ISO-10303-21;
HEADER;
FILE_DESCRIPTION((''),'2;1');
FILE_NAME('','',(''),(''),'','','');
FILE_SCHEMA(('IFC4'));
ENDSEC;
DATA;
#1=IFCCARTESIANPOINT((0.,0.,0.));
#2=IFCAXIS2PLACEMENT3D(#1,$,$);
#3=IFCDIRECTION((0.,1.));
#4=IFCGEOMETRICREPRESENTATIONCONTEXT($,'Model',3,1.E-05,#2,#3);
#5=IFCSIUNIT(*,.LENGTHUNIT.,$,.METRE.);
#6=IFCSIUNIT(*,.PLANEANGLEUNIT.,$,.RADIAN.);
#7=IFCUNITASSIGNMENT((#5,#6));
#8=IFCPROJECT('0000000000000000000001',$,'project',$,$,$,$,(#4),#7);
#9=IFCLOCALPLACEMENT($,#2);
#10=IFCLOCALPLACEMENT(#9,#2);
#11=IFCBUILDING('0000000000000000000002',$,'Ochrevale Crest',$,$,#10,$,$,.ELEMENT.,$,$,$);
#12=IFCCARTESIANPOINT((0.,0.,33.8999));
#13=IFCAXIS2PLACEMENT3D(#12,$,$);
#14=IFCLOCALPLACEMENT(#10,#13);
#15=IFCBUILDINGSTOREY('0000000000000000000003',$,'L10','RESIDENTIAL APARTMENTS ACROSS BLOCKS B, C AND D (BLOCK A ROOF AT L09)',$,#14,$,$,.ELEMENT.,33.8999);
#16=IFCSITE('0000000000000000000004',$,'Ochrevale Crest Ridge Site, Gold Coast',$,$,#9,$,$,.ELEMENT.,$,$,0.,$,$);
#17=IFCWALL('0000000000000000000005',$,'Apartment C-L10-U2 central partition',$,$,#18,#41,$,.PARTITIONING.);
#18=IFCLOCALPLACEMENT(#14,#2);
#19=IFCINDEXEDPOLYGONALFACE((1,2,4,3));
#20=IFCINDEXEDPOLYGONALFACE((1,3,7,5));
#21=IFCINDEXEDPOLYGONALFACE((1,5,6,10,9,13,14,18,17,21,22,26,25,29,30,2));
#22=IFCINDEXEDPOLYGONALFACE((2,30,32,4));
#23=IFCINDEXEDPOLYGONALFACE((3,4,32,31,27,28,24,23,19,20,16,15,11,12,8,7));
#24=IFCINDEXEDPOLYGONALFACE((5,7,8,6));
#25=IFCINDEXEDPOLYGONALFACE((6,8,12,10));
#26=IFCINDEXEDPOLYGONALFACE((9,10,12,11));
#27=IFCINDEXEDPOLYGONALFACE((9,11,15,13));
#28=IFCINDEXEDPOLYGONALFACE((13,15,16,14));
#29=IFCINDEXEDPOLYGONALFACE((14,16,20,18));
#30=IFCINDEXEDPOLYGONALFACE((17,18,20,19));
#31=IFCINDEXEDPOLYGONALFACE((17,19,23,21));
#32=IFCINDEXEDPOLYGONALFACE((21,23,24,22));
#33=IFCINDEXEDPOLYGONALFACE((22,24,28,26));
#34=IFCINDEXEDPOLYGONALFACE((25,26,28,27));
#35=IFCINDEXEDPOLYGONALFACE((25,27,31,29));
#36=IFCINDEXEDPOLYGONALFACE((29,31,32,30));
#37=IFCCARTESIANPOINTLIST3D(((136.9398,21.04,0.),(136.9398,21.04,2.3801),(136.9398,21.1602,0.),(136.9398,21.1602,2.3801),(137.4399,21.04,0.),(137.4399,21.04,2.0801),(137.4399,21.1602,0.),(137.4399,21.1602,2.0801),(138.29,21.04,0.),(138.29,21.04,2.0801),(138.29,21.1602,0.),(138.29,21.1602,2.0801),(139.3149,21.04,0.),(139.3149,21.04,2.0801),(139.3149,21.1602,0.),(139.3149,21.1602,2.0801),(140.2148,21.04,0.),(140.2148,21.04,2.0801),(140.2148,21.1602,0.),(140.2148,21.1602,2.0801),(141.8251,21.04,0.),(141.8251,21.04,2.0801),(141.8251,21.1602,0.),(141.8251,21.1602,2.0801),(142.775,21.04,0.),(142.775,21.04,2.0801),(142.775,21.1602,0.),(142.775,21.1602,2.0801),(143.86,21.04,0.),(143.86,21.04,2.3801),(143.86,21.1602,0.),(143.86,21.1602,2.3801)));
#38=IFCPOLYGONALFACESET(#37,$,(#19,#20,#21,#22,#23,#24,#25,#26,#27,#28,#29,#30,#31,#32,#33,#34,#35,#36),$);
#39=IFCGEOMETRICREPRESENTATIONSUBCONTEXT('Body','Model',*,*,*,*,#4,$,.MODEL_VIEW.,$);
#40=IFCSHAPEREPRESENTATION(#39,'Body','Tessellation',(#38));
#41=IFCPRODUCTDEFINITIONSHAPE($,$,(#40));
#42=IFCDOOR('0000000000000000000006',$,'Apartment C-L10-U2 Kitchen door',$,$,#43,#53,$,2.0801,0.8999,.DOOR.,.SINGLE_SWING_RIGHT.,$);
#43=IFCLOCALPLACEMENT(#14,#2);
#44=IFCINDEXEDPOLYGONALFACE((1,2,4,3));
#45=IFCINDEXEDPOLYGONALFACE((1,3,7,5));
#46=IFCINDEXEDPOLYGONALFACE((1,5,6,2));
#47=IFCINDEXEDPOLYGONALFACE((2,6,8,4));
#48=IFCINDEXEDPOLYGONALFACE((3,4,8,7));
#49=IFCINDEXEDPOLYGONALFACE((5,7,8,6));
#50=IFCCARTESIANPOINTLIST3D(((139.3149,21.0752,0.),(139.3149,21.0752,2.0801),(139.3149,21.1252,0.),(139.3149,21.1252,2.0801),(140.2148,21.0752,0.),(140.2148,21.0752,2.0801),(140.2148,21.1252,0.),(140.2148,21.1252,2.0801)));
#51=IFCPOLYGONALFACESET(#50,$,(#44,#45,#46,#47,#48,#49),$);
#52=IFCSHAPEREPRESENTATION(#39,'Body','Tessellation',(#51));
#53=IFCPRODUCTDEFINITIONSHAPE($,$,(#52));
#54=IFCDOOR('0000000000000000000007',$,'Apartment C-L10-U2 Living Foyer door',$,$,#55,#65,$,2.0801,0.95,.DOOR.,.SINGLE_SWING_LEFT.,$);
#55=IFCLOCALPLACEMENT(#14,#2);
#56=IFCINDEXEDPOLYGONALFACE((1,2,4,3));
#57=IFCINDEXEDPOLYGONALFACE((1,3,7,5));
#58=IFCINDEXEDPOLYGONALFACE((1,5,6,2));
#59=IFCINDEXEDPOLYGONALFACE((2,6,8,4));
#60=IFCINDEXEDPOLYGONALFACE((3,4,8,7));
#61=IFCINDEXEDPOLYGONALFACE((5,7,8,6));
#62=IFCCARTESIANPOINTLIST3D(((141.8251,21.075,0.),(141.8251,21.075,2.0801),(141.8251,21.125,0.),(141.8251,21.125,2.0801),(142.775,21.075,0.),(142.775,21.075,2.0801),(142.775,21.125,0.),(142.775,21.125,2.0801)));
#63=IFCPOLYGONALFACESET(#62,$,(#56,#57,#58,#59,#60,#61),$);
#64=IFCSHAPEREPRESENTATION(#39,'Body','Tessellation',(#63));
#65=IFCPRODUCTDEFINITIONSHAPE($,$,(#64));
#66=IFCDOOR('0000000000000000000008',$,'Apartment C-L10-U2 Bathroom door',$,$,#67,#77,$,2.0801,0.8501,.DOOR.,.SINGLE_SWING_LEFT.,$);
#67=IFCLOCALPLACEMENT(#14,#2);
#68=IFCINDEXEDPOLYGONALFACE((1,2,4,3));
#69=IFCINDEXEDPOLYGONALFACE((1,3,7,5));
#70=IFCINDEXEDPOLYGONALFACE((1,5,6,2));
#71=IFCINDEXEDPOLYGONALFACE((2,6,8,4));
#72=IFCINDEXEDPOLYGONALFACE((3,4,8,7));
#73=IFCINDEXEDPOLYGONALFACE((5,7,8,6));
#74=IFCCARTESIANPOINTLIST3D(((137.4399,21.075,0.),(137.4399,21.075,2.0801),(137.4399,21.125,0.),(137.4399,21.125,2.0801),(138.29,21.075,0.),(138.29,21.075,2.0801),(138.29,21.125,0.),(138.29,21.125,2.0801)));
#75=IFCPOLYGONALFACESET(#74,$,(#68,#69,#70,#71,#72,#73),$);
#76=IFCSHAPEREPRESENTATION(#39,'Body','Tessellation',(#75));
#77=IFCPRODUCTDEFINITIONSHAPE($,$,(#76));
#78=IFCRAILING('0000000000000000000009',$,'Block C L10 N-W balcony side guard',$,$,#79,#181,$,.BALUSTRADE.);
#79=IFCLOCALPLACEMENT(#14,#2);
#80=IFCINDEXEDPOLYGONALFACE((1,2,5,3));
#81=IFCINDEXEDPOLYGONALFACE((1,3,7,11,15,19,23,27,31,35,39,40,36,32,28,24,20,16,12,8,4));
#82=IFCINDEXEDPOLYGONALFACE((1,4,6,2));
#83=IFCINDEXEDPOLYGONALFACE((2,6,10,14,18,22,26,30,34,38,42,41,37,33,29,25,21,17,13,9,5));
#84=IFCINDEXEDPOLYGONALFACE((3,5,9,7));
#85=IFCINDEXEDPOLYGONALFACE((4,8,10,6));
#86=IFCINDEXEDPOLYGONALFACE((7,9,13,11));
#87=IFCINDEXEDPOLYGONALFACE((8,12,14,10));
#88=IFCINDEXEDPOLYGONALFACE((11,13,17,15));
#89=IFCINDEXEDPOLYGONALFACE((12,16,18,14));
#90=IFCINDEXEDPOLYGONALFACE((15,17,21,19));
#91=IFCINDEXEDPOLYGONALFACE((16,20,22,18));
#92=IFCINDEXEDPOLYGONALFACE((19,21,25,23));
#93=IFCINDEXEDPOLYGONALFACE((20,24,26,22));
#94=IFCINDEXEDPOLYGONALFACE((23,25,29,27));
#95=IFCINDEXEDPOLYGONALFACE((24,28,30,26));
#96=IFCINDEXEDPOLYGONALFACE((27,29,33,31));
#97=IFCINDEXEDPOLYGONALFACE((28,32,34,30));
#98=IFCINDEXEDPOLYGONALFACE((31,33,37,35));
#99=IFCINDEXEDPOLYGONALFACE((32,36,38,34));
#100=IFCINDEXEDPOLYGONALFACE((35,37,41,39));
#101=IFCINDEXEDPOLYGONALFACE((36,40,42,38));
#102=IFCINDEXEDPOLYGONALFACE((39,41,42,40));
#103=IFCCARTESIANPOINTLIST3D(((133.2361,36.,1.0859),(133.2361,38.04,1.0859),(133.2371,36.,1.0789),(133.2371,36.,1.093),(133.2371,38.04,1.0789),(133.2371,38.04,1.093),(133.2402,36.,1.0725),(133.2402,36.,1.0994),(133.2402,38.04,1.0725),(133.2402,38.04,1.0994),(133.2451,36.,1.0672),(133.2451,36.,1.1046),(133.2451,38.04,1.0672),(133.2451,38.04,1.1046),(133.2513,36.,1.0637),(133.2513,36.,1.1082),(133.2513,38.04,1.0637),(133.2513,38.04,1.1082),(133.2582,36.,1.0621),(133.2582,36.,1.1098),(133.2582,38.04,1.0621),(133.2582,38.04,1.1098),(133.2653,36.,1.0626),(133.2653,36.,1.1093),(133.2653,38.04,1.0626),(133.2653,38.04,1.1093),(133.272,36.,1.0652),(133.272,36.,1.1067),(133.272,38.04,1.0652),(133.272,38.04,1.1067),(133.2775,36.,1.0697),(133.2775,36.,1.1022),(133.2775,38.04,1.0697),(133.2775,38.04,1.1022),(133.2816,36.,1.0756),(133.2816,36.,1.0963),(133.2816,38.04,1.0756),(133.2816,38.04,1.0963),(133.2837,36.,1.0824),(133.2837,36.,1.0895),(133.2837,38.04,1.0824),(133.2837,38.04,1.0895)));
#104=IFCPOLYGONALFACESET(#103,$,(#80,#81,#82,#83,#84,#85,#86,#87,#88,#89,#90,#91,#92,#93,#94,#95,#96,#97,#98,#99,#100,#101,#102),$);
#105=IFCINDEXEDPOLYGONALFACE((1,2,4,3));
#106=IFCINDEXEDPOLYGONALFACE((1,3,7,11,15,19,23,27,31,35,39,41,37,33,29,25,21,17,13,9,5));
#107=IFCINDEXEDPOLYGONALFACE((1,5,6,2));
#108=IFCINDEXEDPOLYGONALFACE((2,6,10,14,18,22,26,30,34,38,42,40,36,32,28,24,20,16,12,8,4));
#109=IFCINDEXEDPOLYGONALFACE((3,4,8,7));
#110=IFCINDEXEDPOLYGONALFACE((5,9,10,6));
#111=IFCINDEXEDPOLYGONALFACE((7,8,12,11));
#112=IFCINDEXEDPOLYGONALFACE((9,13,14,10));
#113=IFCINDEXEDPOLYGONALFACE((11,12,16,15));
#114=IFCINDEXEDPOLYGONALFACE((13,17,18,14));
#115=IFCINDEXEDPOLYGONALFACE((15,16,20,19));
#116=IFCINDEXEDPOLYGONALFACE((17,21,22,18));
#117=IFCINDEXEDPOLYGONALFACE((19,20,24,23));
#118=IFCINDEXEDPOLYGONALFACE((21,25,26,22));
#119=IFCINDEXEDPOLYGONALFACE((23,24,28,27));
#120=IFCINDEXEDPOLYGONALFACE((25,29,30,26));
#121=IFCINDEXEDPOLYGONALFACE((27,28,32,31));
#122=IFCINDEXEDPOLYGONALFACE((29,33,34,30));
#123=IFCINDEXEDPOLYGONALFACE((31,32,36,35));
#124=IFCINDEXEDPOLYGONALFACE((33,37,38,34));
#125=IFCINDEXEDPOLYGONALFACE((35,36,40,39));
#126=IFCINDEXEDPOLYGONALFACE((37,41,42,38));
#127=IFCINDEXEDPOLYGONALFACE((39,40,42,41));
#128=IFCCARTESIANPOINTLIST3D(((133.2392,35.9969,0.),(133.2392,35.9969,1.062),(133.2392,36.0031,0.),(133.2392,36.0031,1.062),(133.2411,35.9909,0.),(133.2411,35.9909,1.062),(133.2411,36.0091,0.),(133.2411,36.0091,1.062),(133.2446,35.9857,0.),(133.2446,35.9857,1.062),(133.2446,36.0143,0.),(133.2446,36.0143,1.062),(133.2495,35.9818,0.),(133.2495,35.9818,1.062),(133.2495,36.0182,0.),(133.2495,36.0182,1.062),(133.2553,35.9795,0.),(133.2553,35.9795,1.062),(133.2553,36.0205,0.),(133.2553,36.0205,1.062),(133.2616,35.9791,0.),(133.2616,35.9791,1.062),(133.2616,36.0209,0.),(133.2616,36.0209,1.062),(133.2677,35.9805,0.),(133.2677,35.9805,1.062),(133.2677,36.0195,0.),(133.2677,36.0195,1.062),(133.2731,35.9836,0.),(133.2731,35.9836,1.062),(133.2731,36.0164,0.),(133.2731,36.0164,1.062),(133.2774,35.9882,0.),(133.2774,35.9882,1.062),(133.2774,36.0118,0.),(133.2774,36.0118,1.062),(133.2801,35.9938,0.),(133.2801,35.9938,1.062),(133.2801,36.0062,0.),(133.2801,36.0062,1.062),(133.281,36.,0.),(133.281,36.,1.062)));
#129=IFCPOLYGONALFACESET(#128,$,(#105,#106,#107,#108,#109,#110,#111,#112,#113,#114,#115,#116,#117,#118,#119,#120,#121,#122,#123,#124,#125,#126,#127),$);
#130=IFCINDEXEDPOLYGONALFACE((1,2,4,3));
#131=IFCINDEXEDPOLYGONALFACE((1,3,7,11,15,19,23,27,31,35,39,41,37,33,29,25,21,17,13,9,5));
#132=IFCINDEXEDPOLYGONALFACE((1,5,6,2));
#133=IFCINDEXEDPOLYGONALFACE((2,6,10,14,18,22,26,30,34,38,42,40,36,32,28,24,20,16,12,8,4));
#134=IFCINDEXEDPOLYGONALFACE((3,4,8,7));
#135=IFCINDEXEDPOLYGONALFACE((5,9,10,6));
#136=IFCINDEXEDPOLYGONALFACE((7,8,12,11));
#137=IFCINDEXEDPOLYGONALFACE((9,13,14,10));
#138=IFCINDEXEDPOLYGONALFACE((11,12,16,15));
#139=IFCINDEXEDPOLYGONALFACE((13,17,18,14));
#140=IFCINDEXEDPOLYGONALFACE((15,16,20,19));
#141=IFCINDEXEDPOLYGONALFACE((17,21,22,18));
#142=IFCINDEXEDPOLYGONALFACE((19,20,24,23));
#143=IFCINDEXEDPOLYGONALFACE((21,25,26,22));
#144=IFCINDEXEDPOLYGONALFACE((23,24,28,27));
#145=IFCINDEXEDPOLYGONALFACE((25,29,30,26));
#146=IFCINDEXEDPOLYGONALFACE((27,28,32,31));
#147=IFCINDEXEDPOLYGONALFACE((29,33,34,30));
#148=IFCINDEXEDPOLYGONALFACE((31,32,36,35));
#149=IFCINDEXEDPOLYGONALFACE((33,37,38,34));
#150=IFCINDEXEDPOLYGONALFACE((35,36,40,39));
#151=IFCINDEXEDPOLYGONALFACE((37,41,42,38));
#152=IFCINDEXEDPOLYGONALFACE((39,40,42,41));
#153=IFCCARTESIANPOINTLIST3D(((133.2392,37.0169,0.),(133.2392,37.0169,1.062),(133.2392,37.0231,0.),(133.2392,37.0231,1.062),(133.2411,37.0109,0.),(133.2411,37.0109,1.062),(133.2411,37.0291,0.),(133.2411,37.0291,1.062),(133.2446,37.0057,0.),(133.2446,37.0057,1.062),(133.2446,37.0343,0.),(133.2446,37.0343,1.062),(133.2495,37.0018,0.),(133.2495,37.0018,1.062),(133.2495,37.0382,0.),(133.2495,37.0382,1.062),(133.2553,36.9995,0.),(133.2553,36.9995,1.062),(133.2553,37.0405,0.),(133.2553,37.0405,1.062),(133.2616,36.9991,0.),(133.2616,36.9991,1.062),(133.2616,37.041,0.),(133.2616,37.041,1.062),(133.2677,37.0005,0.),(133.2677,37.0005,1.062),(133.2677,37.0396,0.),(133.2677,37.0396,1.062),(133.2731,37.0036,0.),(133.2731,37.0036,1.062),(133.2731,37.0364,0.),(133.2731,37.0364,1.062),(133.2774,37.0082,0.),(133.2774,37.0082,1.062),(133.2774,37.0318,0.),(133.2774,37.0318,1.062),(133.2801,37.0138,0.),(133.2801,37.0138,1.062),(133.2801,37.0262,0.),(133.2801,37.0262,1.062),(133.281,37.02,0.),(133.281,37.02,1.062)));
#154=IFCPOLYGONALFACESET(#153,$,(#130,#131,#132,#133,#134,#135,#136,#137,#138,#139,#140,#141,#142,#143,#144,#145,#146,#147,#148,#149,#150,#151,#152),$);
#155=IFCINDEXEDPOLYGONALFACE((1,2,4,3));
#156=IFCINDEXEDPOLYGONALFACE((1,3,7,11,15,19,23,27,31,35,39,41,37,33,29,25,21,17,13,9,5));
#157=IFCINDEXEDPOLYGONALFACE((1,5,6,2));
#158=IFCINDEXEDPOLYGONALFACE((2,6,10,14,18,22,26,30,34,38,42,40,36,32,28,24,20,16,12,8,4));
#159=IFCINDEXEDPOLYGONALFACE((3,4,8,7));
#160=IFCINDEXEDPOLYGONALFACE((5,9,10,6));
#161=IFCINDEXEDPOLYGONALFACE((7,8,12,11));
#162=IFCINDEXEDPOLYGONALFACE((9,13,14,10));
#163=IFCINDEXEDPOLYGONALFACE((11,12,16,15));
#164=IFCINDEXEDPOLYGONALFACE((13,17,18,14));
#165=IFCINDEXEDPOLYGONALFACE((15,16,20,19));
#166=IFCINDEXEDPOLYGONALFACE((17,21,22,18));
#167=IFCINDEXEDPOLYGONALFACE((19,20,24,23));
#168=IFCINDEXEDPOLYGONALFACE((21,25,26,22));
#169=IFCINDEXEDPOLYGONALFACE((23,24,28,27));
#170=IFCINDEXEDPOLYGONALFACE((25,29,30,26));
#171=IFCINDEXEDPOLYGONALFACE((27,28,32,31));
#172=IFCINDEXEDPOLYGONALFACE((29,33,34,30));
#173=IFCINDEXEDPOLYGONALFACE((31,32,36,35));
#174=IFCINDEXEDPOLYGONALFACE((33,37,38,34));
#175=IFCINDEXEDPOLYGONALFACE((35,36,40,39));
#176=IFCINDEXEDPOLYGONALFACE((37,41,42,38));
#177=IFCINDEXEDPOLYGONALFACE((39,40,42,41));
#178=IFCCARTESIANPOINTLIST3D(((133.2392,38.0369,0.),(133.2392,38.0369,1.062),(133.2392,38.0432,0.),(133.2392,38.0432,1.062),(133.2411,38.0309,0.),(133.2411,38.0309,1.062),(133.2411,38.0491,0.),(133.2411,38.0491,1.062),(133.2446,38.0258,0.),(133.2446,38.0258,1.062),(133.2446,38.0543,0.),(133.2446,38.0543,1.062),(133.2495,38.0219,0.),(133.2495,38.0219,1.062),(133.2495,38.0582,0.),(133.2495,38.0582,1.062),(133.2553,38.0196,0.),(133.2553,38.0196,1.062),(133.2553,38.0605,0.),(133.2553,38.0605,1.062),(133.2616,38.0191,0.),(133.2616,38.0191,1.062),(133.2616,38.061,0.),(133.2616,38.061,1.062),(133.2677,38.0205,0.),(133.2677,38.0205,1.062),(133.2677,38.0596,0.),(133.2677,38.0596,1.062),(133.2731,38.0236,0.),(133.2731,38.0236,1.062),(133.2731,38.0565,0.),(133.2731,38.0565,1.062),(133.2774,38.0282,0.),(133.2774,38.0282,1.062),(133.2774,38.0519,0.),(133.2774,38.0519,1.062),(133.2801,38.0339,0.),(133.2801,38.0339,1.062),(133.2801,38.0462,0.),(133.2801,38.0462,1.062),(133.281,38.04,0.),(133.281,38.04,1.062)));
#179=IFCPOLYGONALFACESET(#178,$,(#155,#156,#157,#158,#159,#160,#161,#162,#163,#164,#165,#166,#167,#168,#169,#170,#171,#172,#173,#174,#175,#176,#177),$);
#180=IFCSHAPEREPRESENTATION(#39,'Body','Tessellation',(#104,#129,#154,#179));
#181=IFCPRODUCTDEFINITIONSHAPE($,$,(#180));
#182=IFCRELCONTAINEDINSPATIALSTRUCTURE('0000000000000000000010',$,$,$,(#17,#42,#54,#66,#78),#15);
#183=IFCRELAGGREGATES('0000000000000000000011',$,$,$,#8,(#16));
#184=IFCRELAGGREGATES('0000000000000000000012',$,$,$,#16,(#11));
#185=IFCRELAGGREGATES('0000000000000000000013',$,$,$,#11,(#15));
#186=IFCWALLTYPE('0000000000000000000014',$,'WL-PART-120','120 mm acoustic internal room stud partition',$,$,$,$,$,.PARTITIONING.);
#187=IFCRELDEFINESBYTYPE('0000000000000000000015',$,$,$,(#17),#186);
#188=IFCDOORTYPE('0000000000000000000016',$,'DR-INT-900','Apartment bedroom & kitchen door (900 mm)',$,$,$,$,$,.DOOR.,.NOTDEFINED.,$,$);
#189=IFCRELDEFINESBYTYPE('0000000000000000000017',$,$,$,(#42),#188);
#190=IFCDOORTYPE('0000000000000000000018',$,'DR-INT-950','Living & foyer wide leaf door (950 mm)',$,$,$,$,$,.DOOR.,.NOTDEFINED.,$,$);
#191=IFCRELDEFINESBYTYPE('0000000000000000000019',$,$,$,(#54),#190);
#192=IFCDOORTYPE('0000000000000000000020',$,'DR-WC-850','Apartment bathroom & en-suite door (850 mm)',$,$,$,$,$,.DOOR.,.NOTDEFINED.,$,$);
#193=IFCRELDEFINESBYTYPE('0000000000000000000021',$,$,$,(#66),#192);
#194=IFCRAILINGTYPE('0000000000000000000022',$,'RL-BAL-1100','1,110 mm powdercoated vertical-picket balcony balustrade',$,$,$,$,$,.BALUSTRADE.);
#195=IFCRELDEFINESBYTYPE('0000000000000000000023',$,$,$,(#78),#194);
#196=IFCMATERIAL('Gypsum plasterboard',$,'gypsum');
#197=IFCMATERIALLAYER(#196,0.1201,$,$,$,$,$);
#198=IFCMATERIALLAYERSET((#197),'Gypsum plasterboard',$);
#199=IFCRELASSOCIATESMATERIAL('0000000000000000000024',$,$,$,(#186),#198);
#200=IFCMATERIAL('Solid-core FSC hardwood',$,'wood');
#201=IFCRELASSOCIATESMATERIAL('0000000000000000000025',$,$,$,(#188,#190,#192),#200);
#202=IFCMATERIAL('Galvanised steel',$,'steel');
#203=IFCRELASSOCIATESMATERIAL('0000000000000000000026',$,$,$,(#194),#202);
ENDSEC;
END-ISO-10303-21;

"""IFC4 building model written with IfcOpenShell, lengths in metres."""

from ifc_helpers import new_model, si_unit, direction, frame, frame_2d, origin, origin_2d, place, context, subcontext, project, spatial, rectangle, circle, extrude, material, layer, layer_set, type_object, element, fill, save


model = new_model("IFC4")

# Units and contexts
model_context = context("Model", 3, precision=1e-05, world=origin(), true_north=direction((0.0, 1.0)))
body_context = subcontext(model_context, "Body", "Model", "MODEL_VIEW")
ifc_project = project(units=[si_unit("LENGTHUNIT", "METRE"), si_unit("PLANEANGLEUNIT", "RADIAN")], contexts=[model_context])

# Site, building, storey
site_placement = place(None, origin())
site = spatial("IfcSite", under=ifc_project, at=site_placement, Name="Ochrevale Crest Ridge Site, Gold Coast", CompositionType="ELEMENT", RefElevation=0.0)
building_placement = place(site_placement, origin())
building = spatial("IfcBuilding", under=site, at=building_placement, Name="Ochrevale Crest", CompositionType="ELEMENT")
storey_placement = place(building_placement, frame((0.0, 0.0, 33.8999)))
storey = spatial("IfcBuildingStorey", under=building, at=storey_placement, Name="L10", Description="RESIDENTIAL APARTMENTS ACROSS BLOCKS B, C AND D (BLOCK A ROOF AT L09)", CompositionType="ELEMENT", Elevation=33.8999)

# Shared definitions
ifc_material_1 = material(Name="Gypsum plasterboard", Category="gypsum")
ifc_material_2 = material(Name="Solid-core FSC hardwood", Category="wood")

# Wall, openings, doors
ifc_layer_1 = layer(ifc_material_1, 0.1201)
ifc_layer_set_1 = layer_set([ifc_layer_1], Name="Gypsum plasterboard")
wall_type_1 = type_object("IfcWallType", Name="WL-PART-120", Description="120 mm acoustic internal room stud partition", PredefinedType="PARTITIONING", material=ifc_layer_set_1)
wall_1_placement = place(storey_placement, frame((136.9399, 21.1001, 0.0), z_axis=(0.0, 0.0, 1.0), x_axis=(1.0, 0.0, 0.0)))
wall_1 = element("IfcWall", 1, at=wall_1_placement, inside=storey, type_object=wall_type_1, Name="Apartment C-L10-U2 central partition", PredefinedType="PARTITIONING", context=body_context, shape_type="SweptSolid", body=[
    extrude(rectangle(XDim=6.9202, YDim=0.1201, at=frame_2d((3.46, 0.0))), origin(), (0.0, 0.0, 1.0), 2.3801),
])
opening_1_placement = place(wall_1_placement, frame((0.5, 0.0, 0.0)))
opening_1 = element("IfcOpeningElement", 2, at=opening_1_placement, cuts=wall_1, PredefinedType="OPENING", context=body_context, shape_type="SweptSolid", body=[
    extrude(rectangle(XDim=0.8501, YDim=2.0801, at=frame_2d((0.425, 1.04))), frame((0.0, 0.0701, 0.0), z_axis=(0.0, -1.0, 0.0), x_axis=(1.0, 0.0, 0.0)), (0.0, 0.0, 1.0), 0.1401),
])
opening_2_placement = place(wall_1_placement, frame((3.2749, 0.0, 0.0), z_axis=(0.0, 0.0, 1.0), x_axis=(-1.0, 0.0, 0.0)))
opening_2 = element("IfcOpeningElement", 3, at=opening_2_placement, cuts=wall_1, PredefinedType="OPENING", context=body_context, shape_type="SweptSolid", body=[
    extrude(rectangle(XDim=0.8999, YDim=2.0801, at=frame_2d((0.45, 1.04))), frame((0.0, 0.0701, 0.0), z_axis=(0.0, -1.0, 0.0), x_axis=(1.0, 0.0, 0.0)), (0.0, 0.0, 1.0), 0.1401),
])
opening_3_placement = place(wall_1_placement, frame((4.885, 0.0, 0.0)))
opening_3 = element("IfcOpeningElement", 4, at=opening_3_placement, cuts=wall_1, PredefinedType="OPENING", context=body_context, shape_type="SweptSolid", body=[
    extrude(rectangle(XDim=0.95, YDim=2.0801, at=frame_2d((0.4751, 1.04))), frame((0.0, 0.0701, 0.0), z_axis=(0.0, -1.0, 0.0), x_axis=(1.0, 0.0, 0.0)), (0.0, 0.0, 1.0), 0.1401),
])
door_type_1 = type_object("IfcDoorType", Name="DR-INT-900", Description="Apartment bedroom & kitchen door (900 mm)", OperationType="NOTDEFINED", PredefinedType="DOOR", material=ifc_material_2)
door_1_placement = place(opening_2_placement, origin())
door_1 = element("IfcDoor", 5, at=door_1_placement, inside=storey, type_object=door_type_1, Name="Apartment C-L10-U2 Kitchen door", OperationType="SINGLE_SWING_RIGHT", OverallHeight=2.0801, OverallWidth=0.8999, PredefinedType="DOOR", context=body_context, shape_type="SweptSolid", body=[
    extrude(rectangle(XDim=0.8999, YDim=2.0801, at=frame_2d((0.45, 1.04))), frame((0.0, 0.0249, 0.0), z_axis=(0.0, -1.0, 0.0), x_axis=(1.0, 0.0, 0.0)), (0.0, 0.0, 1.0), 0.05),
])
fill(opening_2, door_1)
door_type_2 = type_object("IfcDoorType", Name="DR-INT-950", Description="Living & foyer wide leaf door (950 mm)", OperationType="NOTDEFINED", PredefinedType="DOOR", material=ifc_material_2)
door_2_placement = place(opening_3_placement, origin())
door_2 = element("IfcDoor", 6, at=door_2_placement, inside=storey, type_object=door_type_2, Name="Apartment C-L10-U2 Living Foyer door", OperationType="SINGLE_SWING_LEFT", OverallHeight=2.0801, OverallWidth=0.95, PredefinedType="DOOR", context=body_context, shape_type="SweptSolid", body=[
    extrude(rectangle(XDim=0.95, YDim=2.0801, at=frame_2d((0.4751, 1.04))), frame((0.0, 0.0249, 0.0), z_axis=(0.0, -1.0, 0.0), x_axis=(1.0, 0.0, 0.0)), (0.0, 0.0, 1.0), 0.05),
])
fill(opening_3, door_2)
door_type_3 = type_object("IfcDoorType", Name="DR-WC-850", Description="Apartment bathroom & en-suite door (850 mm)", OperationType="NOTDEFINED", PredefinedType="DOOR", material=ifc_material_2)
door_3_placement = place(opening_1_placement, origin())
door_3 = element("IfcDoor", 7, at=door_3_placement, inside=storey, type_object=door_type_3, Name="Apartment C-L10-U2 Bathroom door", OperationType="SINGLE_SWING_LEFT", OverallHeight=2.0801, OverallWidth=0.8501, PredefinedType="DOOR", context=body_context, shape_type="SweptSolid", body=[
    extrude(rectangle(XDim=0.8501, YDim=2.0801, at=frame_2d((0.425, 1.04))), frame((0.0, 0.0249, 0.0), z_axis=(0.0, -1.0, 0.0), x_axis=(1.0, 0.0, 0.0)), (0.0, 0.0, 1.0), 0.05),
])
fill(opening_1, door_3)

# Railing
ifc_material_3 = material(Name="Galvanised steel", Category="steel")
railing_type_1 = type_object("IfcRailingType", Name="RL-BAL-1100", Description="1,110 mm powdercoated vertical-picket balcony balustrade", PredefinedType="BALUSTRADE", material=ifc_material_3)
railing_1_placement = place(storey_placement, frame((133.26, 36.0, 0.0)))
element("IfcRailing", 8, at=railing_1_placement, inside=storey, type_object=railing_type_1, Name="Block C L10 N-W balcony side guard", PredefinedType="BALUSTRADE", context=body_context, shape_type="SweptSolid", body=[
    extrude(circle(Radius=0.0239, at=origin_2d()), frame((0.0, 0.0, 1.0859), z_axis=(0.0, 1.0, 0.0), x_axis=(-1.0, 0.0, 0.0)), (0.0, 0.0, 1.0), 2.04),
    extrude(circle(Radius=0.021, at=origin_2d()), origin(), (0.0, 0.0, 1.0), 1.062),
    extrude(circle(Radius=0.021, at=origin_2d()), frame((0.0, 1.02, 0.0)), (0.0, 0.0, 1.0), 1.062),
    extrude(circle(Radius=0.021, at=origin_2d()), frame((0.0, 2.04, 0.0)), (0.0, 0.0, 1.0), 1.062),
])

save(model, "model.ifc")
